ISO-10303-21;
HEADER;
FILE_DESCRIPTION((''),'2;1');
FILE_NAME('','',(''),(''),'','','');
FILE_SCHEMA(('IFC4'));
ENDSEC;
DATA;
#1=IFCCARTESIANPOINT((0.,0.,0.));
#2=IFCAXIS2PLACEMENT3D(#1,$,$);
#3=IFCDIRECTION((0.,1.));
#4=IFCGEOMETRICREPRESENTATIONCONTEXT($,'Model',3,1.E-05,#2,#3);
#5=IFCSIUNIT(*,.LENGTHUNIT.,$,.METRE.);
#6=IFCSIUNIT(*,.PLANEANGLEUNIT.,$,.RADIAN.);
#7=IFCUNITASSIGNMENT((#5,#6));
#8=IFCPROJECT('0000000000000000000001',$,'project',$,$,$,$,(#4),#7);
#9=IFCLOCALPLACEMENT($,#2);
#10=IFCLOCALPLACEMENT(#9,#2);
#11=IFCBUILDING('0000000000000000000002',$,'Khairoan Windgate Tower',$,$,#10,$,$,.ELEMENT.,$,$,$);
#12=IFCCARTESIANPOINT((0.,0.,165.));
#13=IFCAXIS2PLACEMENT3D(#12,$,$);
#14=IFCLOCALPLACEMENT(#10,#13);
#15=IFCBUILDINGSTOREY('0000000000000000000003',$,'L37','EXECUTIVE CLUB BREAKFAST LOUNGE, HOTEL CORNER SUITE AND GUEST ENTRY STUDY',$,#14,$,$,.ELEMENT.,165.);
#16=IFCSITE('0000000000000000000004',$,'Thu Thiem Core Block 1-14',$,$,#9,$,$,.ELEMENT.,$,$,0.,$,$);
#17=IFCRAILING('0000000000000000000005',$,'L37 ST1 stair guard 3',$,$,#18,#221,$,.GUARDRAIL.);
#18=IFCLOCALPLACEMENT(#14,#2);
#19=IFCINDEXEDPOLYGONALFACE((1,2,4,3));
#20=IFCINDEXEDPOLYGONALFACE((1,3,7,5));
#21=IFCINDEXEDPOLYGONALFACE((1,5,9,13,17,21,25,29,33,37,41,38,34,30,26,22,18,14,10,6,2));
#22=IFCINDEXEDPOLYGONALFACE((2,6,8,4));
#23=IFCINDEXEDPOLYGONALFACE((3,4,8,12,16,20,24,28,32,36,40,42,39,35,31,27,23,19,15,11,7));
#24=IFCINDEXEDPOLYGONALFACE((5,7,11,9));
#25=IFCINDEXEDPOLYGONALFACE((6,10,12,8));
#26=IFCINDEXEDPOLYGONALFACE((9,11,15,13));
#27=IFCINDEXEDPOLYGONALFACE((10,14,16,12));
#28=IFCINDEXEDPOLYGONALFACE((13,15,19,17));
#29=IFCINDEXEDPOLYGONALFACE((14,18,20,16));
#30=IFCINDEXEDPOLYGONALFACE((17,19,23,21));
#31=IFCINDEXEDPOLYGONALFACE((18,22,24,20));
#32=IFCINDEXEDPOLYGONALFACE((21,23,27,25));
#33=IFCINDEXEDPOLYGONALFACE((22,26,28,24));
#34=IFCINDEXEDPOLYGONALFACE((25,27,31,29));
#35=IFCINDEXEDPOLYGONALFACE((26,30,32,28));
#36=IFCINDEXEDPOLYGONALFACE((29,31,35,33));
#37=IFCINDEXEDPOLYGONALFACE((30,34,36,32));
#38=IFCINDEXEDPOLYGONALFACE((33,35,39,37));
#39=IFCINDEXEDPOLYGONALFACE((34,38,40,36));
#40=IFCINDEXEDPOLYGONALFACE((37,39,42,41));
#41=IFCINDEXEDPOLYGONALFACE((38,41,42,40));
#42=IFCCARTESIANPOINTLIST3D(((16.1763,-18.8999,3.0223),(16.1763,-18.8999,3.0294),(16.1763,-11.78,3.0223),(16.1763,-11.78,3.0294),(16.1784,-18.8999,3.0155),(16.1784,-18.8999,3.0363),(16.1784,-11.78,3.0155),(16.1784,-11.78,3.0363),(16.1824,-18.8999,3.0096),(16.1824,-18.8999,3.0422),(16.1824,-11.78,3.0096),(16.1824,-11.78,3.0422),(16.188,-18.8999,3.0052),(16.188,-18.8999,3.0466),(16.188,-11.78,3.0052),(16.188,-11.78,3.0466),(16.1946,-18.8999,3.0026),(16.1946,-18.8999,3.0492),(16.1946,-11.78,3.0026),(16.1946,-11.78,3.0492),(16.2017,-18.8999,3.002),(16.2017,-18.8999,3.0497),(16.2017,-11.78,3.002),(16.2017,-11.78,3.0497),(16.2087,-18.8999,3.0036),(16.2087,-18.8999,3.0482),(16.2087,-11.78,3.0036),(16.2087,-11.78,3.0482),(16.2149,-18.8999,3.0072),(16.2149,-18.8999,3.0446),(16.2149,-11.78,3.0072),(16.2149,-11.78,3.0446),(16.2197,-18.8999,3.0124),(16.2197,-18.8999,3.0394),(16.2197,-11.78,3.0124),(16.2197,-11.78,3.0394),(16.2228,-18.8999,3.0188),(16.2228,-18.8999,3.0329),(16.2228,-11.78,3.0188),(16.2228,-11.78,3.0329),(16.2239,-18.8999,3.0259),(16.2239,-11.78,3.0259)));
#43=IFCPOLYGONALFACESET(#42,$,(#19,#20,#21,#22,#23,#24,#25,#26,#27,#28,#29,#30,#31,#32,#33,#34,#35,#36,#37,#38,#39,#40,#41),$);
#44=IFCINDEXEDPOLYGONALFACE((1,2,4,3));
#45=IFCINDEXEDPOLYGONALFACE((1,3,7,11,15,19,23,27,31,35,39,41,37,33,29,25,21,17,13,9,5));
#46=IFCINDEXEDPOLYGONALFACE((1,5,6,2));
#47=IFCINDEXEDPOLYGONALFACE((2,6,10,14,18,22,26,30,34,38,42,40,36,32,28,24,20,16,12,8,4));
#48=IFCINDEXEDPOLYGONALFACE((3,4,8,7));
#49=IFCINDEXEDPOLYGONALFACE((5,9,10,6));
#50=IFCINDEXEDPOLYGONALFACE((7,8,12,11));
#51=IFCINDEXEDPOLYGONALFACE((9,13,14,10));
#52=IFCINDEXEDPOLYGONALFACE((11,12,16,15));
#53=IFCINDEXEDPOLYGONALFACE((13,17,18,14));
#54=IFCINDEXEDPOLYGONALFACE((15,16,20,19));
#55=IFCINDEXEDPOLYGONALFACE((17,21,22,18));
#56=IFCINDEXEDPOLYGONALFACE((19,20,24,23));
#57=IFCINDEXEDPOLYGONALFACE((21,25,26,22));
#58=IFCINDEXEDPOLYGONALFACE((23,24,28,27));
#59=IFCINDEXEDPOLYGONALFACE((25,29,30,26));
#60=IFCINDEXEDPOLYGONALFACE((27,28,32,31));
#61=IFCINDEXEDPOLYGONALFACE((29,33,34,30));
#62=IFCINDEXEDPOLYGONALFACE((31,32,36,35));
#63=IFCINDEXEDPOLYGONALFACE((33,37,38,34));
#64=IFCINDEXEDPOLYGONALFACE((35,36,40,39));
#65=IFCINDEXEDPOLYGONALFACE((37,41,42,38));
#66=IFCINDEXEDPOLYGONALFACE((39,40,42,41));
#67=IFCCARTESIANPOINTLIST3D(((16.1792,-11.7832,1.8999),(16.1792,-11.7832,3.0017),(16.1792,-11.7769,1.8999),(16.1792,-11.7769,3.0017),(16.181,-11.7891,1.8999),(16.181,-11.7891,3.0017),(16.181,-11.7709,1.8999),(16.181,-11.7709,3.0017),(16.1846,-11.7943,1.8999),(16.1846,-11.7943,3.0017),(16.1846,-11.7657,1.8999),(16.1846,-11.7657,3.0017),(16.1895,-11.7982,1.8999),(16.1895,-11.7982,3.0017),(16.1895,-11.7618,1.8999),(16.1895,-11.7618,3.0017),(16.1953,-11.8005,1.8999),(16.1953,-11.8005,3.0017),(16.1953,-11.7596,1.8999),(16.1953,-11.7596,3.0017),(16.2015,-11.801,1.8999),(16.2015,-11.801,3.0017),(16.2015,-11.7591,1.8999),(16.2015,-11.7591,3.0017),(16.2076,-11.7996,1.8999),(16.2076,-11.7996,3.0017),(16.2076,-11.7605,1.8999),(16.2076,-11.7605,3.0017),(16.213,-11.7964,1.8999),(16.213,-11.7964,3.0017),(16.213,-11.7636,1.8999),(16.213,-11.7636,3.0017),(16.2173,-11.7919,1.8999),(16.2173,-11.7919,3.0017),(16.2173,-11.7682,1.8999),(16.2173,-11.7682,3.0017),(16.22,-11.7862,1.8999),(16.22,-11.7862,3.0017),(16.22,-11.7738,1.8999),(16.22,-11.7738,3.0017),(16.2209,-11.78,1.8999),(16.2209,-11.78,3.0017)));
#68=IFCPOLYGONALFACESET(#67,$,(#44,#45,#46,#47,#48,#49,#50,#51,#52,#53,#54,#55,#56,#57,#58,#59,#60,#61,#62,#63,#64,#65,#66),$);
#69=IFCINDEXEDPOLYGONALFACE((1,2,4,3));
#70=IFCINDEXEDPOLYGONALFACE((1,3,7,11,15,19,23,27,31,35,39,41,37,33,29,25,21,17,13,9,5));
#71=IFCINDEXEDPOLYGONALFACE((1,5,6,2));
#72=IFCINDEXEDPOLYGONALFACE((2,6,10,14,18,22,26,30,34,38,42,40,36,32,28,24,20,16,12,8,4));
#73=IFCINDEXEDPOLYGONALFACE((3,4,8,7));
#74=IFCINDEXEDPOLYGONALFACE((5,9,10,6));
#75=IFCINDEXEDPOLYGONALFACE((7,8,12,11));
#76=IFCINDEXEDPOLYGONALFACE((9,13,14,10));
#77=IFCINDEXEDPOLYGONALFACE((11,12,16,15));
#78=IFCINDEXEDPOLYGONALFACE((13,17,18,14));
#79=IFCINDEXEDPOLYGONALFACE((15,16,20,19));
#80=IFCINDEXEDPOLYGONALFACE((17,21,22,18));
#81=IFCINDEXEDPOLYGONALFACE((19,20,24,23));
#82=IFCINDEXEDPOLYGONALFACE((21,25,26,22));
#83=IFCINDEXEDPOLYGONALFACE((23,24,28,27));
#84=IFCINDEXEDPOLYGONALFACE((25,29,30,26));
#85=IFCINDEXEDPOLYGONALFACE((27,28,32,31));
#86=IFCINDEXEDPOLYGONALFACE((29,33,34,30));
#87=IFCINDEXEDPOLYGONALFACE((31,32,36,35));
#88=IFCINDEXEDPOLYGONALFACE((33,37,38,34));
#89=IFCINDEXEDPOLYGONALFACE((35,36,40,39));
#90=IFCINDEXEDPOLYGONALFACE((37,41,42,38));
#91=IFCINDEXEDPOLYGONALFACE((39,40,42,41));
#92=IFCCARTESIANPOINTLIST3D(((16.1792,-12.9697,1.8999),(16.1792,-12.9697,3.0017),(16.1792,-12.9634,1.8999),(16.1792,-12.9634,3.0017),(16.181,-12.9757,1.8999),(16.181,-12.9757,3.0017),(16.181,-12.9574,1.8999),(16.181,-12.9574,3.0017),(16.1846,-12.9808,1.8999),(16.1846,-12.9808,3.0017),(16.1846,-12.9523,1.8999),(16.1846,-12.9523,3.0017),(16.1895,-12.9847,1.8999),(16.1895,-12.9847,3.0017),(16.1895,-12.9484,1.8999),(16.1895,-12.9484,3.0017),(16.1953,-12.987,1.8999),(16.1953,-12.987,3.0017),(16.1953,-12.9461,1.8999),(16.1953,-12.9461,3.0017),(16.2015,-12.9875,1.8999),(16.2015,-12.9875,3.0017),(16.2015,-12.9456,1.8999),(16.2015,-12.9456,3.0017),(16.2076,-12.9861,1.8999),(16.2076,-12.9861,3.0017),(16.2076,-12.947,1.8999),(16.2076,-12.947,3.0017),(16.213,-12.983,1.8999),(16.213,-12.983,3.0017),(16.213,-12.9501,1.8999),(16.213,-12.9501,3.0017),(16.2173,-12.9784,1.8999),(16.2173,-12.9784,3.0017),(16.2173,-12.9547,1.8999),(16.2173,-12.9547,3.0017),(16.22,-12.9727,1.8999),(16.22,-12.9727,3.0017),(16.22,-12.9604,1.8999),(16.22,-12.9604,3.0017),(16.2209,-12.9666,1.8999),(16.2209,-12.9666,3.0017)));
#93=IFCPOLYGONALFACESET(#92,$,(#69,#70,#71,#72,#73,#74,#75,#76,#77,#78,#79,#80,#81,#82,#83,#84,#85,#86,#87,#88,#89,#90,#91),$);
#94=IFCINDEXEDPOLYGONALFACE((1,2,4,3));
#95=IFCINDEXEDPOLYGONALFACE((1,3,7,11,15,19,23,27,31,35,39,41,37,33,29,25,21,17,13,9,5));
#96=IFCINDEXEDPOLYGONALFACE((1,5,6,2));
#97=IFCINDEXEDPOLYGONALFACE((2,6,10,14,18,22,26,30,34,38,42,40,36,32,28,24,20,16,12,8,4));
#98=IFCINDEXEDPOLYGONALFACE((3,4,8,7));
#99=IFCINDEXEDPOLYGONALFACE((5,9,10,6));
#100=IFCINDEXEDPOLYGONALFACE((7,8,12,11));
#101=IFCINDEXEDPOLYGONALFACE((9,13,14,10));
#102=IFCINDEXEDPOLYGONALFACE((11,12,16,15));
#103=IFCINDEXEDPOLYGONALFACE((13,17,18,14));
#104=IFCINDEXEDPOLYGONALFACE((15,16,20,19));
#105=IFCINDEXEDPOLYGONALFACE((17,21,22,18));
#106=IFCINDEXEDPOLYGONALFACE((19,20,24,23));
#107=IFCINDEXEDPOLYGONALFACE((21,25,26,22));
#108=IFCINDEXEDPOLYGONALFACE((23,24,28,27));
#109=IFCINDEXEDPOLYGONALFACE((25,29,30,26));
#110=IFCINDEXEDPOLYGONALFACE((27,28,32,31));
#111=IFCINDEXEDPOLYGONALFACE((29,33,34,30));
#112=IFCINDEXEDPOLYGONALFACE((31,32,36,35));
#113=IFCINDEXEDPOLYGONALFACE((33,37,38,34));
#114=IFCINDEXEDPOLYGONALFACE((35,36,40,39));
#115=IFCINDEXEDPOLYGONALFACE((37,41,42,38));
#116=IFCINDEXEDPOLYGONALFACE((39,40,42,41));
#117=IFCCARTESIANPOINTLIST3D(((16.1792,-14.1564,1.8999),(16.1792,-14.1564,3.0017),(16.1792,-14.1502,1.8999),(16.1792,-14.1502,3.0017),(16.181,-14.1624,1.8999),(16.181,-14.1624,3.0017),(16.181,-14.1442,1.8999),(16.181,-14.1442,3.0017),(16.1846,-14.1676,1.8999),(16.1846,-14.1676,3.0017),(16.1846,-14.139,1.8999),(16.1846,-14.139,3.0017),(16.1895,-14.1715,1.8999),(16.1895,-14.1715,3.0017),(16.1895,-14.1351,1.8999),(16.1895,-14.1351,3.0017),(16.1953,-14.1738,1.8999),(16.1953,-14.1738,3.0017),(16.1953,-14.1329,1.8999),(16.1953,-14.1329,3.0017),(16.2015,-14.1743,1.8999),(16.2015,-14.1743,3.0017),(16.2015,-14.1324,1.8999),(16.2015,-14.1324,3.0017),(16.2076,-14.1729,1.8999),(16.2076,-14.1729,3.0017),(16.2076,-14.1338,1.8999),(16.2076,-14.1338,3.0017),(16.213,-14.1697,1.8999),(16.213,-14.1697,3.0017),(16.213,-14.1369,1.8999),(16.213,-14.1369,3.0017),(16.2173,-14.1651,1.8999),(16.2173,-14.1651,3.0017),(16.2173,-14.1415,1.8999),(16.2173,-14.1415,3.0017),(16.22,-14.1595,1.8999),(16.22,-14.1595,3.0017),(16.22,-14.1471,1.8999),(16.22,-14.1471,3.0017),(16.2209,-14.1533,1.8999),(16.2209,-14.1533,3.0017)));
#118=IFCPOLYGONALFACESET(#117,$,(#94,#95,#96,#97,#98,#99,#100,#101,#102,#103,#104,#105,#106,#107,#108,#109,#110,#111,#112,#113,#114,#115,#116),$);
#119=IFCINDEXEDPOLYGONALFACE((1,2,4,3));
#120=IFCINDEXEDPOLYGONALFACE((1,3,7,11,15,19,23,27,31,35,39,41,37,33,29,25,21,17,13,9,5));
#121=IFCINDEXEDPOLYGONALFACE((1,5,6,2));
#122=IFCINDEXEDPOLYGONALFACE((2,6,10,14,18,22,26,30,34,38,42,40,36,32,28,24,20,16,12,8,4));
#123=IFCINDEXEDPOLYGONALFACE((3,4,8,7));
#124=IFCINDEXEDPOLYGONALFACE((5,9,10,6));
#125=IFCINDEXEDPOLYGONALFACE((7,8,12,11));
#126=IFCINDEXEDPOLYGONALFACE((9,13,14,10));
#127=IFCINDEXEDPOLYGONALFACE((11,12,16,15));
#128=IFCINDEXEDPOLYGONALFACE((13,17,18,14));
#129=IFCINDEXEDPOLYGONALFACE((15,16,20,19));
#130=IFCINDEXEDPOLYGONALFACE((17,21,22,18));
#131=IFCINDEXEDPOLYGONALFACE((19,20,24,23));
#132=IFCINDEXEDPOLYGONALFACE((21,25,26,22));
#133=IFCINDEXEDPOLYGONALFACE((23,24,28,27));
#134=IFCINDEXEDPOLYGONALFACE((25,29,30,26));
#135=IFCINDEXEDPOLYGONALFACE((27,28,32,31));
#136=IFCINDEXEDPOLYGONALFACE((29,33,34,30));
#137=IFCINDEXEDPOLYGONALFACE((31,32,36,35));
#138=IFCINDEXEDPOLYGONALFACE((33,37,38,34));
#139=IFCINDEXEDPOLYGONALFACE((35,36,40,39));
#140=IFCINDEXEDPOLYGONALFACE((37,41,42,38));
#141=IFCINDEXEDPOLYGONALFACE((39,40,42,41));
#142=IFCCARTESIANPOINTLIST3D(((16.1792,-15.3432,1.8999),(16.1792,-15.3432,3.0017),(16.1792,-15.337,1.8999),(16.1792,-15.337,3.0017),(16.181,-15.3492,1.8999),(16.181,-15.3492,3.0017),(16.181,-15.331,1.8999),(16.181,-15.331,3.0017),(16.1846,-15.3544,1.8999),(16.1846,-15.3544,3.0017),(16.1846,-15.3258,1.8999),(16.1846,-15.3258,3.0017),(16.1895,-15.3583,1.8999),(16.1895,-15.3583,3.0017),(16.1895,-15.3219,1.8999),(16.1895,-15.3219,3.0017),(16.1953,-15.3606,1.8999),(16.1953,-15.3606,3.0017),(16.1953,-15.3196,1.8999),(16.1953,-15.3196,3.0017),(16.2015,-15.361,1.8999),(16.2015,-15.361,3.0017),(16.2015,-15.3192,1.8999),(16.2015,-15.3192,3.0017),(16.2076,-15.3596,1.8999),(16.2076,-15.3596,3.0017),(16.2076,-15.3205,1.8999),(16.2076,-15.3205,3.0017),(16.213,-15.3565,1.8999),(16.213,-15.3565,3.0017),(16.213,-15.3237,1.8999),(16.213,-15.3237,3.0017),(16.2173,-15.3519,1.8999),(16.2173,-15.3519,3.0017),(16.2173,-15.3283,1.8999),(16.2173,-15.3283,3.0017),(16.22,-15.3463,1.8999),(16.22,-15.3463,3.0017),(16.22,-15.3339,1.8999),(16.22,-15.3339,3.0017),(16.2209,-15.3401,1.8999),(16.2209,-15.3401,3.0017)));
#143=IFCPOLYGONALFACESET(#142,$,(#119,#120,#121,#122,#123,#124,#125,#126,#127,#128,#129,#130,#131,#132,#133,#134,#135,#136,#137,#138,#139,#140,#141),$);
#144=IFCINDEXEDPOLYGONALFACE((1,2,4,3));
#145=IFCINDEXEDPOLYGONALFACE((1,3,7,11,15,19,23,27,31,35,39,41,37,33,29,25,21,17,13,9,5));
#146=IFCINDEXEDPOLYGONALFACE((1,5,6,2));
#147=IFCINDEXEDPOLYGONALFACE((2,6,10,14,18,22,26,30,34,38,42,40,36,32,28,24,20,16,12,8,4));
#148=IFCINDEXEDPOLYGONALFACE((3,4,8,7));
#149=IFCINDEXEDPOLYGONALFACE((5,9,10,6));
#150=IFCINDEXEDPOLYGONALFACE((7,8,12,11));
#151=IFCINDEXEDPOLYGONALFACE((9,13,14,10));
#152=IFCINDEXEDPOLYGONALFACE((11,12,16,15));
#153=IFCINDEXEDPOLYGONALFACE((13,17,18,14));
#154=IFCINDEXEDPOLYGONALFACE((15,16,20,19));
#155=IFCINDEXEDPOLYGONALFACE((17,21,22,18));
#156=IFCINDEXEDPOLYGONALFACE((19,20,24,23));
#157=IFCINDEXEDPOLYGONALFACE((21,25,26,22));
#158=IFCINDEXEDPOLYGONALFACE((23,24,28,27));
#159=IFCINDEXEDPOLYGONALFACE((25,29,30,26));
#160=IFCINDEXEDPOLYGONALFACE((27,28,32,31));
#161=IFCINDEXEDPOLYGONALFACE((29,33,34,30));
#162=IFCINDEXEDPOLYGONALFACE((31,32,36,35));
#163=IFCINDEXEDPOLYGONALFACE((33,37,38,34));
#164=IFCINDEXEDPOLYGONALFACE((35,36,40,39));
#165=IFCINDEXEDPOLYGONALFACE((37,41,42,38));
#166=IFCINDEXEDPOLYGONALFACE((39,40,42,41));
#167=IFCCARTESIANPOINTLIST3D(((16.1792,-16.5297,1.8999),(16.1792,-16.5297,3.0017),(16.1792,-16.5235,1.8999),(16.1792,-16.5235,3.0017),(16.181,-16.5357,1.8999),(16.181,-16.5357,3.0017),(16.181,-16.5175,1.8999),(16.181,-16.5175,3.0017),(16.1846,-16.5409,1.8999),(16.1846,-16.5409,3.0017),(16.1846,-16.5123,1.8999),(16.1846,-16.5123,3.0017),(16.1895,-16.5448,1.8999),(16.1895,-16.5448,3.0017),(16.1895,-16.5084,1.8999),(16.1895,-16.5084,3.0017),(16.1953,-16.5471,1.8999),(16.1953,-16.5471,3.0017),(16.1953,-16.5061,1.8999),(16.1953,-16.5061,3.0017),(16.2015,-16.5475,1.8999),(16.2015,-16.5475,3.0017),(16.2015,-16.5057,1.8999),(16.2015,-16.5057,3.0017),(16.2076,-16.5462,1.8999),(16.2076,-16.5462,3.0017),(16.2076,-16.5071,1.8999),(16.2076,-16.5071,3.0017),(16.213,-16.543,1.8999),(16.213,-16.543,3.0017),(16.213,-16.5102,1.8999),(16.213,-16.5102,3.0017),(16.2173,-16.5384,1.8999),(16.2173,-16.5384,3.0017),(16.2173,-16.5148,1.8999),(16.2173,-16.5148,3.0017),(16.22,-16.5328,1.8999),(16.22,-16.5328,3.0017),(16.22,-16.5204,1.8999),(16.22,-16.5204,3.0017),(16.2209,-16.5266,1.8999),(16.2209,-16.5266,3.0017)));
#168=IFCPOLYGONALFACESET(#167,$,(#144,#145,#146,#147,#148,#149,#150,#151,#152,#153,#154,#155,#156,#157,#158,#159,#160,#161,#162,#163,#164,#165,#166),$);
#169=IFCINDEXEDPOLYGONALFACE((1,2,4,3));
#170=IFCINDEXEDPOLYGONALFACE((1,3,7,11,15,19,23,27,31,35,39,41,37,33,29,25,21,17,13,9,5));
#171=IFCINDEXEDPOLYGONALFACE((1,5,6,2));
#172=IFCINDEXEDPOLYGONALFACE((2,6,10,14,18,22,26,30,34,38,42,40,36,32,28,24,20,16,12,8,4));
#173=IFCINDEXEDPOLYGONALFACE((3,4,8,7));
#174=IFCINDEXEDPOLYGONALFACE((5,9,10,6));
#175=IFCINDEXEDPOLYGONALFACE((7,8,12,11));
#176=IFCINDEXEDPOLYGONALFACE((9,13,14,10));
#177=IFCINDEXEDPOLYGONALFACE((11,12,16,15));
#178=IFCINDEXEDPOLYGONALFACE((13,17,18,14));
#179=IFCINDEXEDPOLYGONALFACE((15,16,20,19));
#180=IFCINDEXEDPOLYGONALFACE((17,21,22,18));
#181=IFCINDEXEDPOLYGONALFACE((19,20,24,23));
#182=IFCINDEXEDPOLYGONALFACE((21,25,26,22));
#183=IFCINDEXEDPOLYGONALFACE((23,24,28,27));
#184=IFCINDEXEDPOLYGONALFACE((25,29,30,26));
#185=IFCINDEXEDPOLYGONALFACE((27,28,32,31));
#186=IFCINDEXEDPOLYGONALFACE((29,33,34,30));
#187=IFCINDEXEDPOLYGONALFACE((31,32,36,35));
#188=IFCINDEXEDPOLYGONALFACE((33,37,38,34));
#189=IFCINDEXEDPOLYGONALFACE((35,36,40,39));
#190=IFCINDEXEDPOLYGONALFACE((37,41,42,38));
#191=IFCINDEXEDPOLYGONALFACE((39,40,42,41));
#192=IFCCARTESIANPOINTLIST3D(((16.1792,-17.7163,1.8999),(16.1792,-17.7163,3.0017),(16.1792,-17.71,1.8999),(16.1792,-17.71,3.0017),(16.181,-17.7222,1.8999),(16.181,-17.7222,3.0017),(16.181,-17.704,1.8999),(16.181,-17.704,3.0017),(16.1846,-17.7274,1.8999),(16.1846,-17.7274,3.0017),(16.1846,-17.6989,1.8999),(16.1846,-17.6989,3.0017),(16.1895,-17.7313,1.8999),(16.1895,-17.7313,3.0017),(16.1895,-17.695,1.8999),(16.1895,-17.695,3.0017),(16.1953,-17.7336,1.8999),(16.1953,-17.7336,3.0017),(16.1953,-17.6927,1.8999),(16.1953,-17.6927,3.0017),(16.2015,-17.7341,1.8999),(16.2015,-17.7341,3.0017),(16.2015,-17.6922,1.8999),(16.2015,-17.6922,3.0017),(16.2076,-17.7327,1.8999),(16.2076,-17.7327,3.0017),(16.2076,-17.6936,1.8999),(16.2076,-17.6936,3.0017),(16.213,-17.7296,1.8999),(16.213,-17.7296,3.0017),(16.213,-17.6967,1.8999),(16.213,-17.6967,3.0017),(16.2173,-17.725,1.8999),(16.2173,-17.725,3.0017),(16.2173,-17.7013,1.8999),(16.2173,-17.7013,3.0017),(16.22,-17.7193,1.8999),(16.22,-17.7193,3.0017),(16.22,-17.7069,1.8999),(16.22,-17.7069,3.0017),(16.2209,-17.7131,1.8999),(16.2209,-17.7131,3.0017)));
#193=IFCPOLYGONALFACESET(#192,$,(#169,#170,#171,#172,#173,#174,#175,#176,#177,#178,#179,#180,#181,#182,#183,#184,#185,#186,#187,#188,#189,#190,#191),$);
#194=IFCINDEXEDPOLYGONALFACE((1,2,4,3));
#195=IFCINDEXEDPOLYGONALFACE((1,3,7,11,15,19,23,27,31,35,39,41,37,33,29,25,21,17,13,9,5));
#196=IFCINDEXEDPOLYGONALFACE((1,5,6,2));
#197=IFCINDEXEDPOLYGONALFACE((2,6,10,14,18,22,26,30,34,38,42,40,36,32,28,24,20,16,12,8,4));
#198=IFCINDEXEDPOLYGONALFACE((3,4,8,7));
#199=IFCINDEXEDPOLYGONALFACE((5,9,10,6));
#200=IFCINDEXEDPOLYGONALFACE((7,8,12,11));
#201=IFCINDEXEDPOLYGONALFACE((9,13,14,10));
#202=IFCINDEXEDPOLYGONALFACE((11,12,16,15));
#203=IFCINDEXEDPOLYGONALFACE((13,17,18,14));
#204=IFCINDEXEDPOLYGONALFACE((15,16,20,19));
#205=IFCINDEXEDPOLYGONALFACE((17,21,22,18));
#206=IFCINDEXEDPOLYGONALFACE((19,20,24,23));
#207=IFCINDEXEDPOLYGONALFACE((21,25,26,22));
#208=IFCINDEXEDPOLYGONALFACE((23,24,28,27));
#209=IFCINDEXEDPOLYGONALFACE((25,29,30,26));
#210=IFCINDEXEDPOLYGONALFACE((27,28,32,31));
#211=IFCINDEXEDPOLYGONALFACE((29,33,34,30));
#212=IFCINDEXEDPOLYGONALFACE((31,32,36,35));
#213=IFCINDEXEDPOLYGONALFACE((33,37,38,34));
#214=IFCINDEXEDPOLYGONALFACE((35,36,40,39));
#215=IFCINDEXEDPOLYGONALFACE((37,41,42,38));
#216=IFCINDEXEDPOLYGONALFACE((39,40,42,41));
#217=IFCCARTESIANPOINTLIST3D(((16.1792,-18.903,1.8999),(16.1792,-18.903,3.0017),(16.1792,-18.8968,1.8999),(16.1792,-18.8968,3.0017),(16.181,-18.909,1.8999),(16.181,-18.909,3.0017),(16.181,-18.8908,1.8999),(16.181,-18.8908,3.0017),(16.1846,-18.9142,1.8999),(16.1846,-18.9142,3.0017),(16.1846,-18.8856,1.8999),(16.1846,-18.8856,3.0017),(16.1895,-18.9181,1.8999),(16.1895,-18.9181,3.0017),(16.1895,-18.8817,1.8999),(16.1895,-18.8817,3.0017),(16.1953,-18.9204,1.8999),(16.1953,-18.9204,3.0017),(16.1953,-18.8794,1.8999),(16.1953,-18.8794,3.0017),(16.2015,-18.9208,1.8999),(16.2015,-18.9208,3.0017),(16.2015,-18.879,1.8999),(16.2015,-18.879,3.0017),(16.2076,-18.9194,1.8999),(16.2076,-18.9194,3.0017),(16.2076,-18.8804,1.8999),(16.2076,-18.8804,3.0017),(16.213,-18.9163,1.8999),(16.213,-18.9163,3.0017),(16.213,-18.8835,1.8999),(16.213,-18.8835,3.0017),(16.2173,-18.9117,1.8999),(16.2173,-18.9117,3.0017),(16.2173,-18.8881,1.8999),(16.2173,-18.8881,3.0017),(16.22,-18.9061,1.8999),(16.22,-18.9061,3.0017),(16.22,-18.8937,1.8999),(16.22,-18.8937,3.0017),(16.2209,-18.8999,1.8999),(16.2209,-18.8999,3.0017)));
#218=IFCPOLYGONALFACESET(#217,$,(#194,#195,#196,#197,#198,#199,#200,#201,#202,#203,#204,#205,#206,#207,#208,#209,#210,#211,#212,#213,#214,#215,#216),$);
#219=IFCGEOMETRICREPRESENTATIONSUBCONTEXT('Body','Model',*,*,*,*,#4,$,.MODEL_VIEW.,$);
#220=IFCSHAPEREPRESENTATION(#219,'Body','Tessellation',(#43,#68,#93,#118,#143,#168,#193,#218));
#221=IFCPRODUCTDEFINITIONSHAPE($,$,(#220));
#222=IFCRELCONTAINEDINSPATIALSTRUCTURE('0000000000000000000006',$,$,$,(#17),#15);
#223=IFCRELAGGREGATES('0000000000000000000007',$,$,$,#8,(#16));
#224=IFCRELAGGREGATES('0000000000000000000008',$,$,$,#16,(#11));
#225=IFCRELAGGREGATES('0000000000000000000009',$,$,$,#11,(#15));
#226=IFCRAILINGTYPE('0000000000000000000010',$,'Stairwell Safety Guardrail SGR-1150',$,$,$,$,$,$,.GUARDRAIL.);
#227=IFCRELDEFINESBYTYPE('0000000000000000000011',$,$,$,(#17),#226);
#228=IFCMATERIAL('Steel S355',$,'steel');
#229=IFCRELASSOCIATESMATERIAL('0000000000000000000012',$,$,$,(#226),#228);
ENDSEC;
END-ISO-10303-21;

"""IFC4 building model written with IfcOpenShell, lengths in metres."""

from ifc_helpers import new_model, si_unit, direction, frame, origin, origin_2d, place, context, subcontext, project, spatial, circle, extrude, material, type_object, element, save


model = new_model("IFC4")

# Units and contexts
model_context = context("Model", 3, precision=1e-05, world=origin(), true_north=direction((0.0, 1.0)))
body_context = subcontext(model_context, "Body", "Model", "MODEL_VIEW")
ifc_project = project(units=[si_unit("LENGTHUNIT", "METRE"), si_unit("PLANEANGLEUNIT", "RADIAN")], contexts=[model_context])

# Site, building, storey
site_placement = place(None, origin())
site = spatial("IfcSite", under=ifc_project, at=site_placement, Name="Thu Thiem Core Block 1-14", CompositionType="ELEMENT", RefElevation=0.0)
building_placement = place(site_placement, origin())
building = spatial("IfcBuilding", under=site, at=building_placement, Name="Khairoan Windgate Tower", CompositionType="ELEMENT")
storey_placement = place(building_placement, frame((0.0, 0.0, 165.0)))
storey = spatial("IfcBuildingStorey", under=building, at=storey_placement, Name="L37", Description="EXECUTIVE CLUB BREAKFAST LOUNGE, HOTEL CORNER SUITE AND GUEST ENTRY STUDY", CompositionType="ELEMENT", Elevation=165.0)

# Railing
ifc_material_1 = material(Name="Steel S355", Category="steel")
railing_type = type_object("IfcRailingType", Name="Stairwell Safety Guardrail SGR-1150", PredefinedType="GUARDRAIL", material=ifc_material_1)
railing_1_placement = place(storey_placement, frame((16.2, -11.78, 1.8999)))
element("IfcRailing", 1, at=railing_1_placement, inside=storey, type_object=railing_type, Name="L37 ST1 stair guard 3", PredefinedType="GUARDRAIL", context=body_context, shape_type="SweptSolid", body=[
    extrude(circle(Radius=0.0239, at=origin_2d()), frame((0.0, 0.0, 1.126), z_axis=(0.0, -1.0, 0.0), x_axis=(1.0, 0.0, 0.0)), (0.0, 0.0, 1.0), 7.1199),
    extrude(circle(Radius=0.021, at=origin_2d()), origin(), (0.0, 0.0, 1.0), 1.1018),
    extrude(circle(Radius=0.021, at=origin_2d()), frame((0.0, -1.1865, 0.0)), (0.0, 0.0, 1.0), 1.1018),
    extrude(circle(Radius=0.021, at=origin_2d()), frame((0.0, -2.3733, 0.0)), (0.0, 0.0, 1.0), 1.1018),
    extrude(circle(Radius=0.021, at=origin_2d()), frame((0.0, -3.5601, 0.0)), (0.0, 0.0, 1.0), 1.1018),
    extrude(circle(Radius=0.021, at=origin_2d()), frame((0.0, -4.7466, 0.0)), (0.0, 0.0, 1.0), 1.1018),
    extrude(circle(Radius=0.021, at=origin_2d()), frame((0.0, -5.9331, 0.0)), (0.0, 0.0, 1.0), 1.1018),
    extrude(circle(Radius=0.021, at=origin_2d()), frame((0.0, -7.1199, 0.0)), (0.0, 0.0, 1.0), 1.1018),
])

save(model, "model.ifc")
